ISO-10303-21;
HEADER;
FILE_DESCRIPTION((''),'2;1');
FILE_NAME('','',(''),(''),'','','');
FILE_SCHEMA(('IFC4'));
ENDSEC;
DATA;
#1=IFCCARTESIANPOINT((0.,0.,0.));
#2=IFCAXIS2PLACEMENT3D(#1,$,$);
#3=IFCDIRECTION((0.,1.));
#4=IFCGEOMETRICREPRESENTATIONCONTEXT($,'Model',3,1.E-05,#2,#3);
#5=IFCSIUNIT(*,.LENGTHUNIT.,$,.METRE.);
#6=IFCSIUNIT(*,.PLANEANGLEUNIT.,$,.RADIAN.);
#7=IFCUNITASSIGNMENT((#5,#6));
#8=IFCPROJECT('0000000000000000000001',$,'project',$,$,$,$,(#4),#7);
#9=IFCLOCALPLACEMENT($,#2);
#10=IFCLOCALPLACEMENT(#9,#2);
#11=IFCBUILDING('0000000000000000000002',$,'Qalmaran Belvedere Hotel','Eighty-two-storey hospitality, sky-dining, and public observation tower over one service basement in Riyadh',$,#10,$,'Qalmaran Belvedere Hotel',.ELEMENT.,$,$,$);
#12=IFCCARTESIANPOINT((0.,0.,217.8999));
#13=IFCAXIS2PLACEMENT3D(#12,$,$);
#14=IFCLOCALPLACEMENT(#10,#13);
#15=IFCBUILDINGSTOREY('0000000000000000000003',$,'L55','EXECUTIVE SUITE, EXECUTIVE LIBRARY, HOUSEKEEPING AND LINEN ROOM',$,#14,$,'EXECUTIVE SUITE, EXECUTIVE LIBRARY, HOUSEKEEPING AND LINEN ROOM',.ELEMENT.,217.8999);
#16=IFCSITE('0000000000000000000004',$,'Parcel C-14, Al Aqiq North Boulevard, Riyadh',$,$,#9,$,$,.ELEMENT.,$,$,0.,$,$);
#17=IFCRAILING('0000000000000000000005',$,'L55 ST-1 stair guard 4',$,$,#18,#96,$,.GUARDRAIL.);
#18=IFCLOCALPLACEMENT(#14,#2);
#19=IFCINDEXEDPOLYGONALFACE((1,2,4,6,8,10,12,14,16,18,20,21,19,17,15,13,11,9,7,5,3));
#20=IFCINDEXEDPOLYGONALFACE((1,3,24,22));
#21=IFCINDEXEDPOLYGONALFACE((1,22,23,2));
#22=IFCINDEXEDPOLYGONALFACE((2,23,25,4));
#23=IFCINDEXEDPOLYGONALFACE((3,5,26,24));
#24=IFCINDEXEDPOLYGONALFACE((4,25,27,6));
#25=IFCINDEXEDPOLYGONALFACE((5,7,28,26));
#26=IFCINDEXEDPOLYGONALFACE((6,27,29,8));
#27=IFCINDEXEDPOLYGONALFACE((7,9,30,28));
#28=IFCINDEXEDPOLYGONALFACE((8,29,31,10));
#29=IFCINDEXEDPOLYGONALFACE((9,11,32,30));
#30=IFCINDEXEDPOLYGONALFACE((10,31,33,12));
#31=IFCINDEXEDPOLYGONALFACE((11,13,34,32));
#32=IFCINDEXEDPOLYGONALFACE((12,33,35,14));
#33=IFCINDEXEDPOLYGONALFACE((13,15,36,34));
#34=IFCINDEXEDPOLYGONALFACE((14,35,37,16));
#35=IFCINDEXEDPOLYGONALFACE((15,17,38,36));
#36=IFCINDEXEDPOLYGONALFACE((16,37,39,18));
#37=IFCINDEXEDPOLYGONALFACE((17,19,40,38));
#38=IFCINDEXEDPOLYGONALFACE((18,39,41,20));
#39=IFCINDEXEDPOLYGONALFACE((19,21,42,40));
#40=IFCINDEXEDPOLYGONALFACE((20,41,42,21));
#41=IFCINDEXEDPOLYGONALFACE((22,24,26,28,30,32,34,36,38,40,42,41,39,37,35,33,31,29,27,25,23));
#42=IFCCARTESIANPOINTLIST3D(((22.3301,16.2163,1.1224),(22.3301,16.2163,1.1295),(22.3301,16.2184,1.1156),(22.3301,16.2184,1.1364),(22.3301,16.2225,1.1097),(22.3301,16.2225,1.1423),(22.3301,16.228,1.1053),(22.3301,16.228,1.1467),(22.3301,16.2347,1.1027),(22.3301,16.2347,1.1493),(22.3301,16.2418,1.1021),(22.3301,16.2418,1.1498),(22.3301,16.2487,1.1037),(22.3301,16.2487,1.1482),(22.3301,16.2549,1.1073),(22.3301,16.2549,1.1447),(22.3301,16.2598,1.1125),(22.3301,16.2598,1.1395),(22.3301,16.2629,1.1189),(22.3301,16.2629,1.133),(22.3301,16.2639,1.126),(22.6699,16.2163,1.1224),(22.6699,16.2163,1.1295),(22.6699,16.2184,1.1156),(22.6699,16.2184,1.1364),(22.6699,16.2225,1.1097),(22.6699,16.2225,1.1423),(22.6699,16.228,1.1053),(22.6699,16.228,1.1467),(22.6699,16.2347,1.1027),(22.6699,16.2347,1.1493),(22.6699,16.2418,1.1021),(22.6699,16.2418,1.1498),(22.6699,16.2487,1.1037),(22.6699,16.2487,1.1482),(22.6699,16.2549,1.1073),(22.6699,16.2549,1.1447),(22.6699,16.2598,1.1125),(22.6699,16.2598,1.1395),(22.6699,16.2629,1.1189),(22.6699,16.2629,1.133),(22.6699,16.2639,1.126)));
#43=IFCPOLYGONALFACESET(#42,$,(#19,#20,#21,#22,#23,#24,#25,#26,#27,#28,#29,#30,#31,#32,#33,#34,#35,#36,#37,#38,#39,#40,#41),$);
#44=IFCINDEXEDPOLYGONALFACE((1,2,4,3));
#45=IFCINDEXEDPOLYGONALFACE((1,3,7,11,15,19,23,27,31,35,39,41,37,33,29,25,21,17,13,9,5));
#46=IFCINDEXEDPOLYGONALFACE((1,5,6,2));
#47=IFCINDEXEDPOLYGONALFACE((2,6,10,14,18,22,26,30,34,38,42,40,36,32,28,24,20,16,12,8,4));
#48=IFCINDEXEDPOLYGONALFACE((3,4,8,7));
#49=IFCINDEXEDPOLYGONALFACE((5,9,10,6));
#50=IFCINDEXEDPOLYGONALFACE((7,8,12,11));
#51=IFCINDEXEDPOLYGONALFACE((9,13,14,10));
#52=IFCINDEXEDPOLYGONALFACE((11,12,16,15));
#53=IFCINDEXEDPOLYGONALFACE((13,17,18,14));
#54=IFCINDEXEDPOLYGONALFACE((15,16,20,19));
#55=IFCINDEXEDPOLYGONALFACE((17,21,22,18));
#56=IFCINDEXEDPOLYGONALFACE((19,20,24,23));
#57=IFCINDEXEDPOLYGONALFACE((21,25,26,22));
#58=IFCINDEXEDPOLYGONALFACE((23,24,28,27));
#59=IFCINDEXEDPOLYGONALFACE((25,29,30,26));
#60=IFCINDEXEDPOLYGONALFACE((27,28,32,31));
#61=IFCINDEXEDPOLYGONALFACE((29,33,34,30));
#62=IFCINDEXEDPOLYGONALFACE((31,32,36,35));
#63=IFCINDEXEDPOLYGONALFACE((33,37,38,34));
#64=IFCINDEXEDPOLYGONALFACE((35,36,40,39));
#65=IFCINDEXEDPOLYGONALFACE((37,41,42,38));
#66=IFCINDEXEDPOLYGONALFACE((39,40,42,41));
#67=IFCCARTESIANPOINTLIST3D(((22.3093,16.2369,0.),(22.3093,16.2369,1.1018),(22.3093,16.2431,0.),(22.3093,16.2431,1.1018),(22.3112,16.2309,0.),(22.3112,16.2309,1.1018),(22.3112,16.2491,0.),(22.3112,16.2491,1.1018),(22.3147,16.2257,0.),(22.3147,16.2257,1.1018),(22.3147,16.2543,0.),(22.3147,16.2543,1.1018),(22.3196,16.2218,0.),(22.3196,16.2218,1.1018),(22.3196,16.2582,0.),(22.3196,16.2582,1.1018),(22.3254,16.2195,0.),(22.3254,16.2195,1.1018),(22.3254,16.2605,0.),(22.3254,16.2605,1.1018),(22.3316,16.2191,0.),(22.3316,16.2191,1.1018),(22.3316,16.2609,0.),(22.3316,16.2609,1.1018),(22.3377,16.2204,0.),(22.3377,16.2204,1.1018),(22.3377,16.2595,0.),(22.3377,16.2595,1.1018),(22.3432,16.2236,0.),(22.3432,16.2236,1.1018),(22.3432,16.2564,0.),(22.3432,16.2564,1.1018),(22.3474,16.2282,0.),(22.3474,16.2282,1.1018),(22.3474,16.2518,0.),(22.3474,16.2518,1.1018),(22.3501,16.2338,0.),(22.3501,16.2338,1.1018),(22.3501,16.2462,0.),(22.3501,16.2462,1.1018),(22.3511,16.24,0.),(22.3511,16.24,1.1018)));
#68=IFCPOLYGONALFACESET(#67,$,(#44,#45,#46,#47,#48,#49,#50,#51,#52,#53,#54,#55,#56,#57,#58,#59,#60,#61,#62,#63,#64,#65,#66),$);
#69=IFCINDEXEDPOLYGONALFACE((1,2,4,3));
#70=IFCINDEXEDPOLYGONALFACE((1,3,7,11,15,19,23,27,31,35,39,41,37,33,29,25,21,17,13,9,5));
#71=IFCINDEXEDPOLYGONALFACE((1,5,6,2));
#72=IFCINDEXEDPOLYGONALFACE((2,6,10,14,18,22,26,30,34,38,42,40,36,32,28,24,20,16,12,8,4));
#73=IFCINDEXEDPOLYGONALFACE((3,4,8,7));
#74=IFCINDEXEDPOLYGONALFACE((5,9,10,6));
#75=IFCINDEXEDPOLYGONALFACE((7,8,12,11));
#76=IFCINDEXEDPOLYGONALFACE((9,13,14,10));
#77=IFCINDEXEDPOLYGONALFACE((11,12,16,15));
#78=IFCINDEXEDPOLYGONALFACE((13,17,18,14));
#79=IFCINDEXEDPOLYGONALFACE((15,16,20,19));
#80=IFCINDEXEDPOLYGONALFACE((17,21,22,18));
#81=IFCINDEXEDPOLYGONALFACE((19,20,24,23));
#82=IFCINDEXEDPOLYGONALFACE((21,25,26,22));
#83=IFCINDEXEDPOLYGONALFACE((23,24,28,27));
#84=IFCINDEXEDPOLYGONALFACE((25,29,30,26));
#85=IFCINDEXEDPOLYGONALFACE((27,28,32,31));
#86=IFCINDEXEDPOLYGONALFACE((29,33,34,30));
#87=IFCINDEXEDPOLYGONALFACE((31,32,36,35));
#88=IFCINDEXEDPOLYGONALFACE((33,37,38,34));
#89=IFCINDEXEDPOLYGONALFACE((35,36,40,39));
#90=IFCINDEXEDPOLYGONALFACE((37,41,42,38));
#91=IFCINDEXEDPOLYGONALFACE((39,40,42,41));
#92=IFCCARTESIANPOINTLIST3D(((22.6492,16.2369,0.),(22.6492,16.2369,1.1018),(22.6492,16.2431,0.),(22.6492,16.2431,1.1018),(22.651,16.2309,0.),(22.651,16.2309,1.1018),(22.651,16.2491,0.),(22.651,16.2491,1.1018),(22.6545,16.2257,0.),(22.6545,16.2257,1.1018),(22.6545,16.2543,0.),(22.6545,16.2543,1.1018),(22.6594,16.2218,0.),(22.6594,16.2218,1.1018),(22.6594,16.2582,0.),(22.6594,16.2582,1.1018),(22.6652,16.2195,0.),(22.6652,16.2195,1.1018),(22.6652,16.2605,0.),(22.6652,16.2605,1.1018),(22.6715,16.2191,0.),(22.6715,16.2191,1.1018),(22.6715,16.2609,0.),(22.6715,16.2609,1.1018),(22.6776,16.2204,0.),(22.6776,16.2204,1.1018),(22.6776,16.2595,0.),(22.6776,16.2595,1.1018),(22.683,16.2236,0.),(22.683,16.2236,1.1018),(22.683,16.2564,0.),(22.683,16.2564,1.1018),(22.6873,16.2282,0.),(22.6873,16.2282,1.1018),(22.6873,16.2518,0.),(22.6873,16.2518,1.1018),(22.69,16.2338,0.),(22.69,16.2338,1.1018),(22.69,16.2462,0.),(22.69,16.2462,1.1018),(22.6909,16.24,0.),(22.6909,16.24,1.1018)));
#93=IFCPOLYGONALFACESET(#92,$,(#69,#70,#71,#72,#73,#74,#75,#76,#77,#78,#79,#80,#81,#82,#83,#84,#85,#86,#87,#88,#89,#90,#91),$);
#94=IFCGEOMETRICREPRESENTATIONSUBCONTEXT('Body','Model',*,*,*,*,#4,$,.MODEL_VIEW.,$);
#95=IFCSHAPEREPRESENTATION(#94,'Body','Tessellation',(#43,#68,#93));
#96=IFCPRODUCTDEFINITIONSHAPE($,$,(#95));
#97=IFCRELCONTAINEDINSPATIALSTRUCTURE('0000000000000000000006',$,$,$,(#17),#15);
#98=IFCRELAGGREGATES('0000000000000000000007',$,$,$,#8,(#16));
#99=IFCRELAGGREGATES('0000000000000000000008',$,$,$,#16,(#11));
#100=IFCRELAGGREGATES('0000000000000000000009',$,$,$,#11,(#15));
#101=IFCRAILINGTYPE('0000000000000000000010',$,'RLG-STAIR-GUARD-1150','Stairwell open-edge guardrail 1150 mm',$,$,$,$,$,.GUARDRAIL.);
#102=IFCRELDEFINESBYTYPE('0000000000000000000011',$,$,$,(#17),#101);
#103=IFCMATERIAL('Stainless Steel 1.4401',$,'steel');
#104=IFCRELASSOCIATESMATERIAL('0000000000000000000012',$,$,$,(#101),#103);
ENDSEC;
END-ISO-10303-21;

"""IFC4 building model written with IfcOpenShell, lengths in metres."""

from ifc_helpers import new_model, si_unit, direction, frame, origin, origin_2d, place, context, subcontext, project, spatial, circle, extrude, material, type_object, element, save


model = new_model("IFC4")

# Units and contexts
model_context = context("Model", 3, precision=1e-05, world=origin(), true_north=direction((0.0, 1.0)))
body_context = subcontext(model_context, "Body", "Model", "MODEL_VIEW")
ifc_project = project(units=[si_unit("LENGTHUNIT", "METRE"), si_unit("PLANEANGLEUNIT", "RADIAN")], contexts=[model_context])

# Site, building, storey
site_placement = place(None, origin())
site = spatial("IfcSite", under=ifc_project, at=site_placement, Name="Parcel C-14, Al Aqiq North Boulevard, Riyadh", CompositionType="ELEMENT", RefElevation=0.0)
building_placement = place(site_placement, origin())
building = spatial("IfcBuilding", under=site, at=building_placement, Name="Qalmaran Belvedere Hotel", Description="Eighty-two-storey hospitality, sky-dining, and public observation tower over one service basement in Riyadh", LongName="Qalmaran Belvedere Hotel", CompositionType="ELEMENT")
storey_placement = place(building_placement, frame((0.0, 0.0, 217.8999)))
storey = spatial("IfcBuildingStorey", under=building, at=storey_placement, Name="L55", Description="EXECUTIVE SUITE, EXECUTIVE LIBRARY, HOUSEKEEPING AND LINEN ROOM", LongName="EXECUTIVE SUITE, EXECUTIVE LIBRARY, HOUSEKEEPING AND LINEN ROOM", CompositionType="ELEMENT", Elevation=217.8999)

# Railing
ifc_material_1 = material(Name="Stainless Steel 1.4401", Category="steel")
railing_type_1 = type_object("IfcRailingType", Name="RLG-STAIR-GUARD-1150", Description="Stairwell open-edge guardrail 1150 mm", PredefinedType="GUARDRAIL", material=ifc_material_1)
railing_1_placement = place(storey_placement, frame((22.3301, 16.24, 0.0)))
element("IfcRailing", 1, at=railing_1_placement, inside=storey, type_object=railing_type_1, Name="L55 ST-1 stair guard 4", PredefinedType="GUARDRAIL", context=body_context, shape_type="SweptSolid", body=[
    extrude(circle(Radius=0.0239, at=origin_2d()), frame((0.0, 0.0, 1.126), z_axis=(1.0, 0.0, 0.0), x_axis=(0.0, 1.0, 0.0)), (0.0, 0.0, 1.0), 0.3398),
    extrude(circle(Radius=0.021, at=origin_2d()), origin(), (0.0, 0.0, 1.0), 1.1018),
    extrude(circle(Radius=0.021, at=origin_2d()), frame((0.3398, 0.0, 0.0)), (0.0, 0.0, 1.0), 1.1018),
])

save(model, "model.ifc")
